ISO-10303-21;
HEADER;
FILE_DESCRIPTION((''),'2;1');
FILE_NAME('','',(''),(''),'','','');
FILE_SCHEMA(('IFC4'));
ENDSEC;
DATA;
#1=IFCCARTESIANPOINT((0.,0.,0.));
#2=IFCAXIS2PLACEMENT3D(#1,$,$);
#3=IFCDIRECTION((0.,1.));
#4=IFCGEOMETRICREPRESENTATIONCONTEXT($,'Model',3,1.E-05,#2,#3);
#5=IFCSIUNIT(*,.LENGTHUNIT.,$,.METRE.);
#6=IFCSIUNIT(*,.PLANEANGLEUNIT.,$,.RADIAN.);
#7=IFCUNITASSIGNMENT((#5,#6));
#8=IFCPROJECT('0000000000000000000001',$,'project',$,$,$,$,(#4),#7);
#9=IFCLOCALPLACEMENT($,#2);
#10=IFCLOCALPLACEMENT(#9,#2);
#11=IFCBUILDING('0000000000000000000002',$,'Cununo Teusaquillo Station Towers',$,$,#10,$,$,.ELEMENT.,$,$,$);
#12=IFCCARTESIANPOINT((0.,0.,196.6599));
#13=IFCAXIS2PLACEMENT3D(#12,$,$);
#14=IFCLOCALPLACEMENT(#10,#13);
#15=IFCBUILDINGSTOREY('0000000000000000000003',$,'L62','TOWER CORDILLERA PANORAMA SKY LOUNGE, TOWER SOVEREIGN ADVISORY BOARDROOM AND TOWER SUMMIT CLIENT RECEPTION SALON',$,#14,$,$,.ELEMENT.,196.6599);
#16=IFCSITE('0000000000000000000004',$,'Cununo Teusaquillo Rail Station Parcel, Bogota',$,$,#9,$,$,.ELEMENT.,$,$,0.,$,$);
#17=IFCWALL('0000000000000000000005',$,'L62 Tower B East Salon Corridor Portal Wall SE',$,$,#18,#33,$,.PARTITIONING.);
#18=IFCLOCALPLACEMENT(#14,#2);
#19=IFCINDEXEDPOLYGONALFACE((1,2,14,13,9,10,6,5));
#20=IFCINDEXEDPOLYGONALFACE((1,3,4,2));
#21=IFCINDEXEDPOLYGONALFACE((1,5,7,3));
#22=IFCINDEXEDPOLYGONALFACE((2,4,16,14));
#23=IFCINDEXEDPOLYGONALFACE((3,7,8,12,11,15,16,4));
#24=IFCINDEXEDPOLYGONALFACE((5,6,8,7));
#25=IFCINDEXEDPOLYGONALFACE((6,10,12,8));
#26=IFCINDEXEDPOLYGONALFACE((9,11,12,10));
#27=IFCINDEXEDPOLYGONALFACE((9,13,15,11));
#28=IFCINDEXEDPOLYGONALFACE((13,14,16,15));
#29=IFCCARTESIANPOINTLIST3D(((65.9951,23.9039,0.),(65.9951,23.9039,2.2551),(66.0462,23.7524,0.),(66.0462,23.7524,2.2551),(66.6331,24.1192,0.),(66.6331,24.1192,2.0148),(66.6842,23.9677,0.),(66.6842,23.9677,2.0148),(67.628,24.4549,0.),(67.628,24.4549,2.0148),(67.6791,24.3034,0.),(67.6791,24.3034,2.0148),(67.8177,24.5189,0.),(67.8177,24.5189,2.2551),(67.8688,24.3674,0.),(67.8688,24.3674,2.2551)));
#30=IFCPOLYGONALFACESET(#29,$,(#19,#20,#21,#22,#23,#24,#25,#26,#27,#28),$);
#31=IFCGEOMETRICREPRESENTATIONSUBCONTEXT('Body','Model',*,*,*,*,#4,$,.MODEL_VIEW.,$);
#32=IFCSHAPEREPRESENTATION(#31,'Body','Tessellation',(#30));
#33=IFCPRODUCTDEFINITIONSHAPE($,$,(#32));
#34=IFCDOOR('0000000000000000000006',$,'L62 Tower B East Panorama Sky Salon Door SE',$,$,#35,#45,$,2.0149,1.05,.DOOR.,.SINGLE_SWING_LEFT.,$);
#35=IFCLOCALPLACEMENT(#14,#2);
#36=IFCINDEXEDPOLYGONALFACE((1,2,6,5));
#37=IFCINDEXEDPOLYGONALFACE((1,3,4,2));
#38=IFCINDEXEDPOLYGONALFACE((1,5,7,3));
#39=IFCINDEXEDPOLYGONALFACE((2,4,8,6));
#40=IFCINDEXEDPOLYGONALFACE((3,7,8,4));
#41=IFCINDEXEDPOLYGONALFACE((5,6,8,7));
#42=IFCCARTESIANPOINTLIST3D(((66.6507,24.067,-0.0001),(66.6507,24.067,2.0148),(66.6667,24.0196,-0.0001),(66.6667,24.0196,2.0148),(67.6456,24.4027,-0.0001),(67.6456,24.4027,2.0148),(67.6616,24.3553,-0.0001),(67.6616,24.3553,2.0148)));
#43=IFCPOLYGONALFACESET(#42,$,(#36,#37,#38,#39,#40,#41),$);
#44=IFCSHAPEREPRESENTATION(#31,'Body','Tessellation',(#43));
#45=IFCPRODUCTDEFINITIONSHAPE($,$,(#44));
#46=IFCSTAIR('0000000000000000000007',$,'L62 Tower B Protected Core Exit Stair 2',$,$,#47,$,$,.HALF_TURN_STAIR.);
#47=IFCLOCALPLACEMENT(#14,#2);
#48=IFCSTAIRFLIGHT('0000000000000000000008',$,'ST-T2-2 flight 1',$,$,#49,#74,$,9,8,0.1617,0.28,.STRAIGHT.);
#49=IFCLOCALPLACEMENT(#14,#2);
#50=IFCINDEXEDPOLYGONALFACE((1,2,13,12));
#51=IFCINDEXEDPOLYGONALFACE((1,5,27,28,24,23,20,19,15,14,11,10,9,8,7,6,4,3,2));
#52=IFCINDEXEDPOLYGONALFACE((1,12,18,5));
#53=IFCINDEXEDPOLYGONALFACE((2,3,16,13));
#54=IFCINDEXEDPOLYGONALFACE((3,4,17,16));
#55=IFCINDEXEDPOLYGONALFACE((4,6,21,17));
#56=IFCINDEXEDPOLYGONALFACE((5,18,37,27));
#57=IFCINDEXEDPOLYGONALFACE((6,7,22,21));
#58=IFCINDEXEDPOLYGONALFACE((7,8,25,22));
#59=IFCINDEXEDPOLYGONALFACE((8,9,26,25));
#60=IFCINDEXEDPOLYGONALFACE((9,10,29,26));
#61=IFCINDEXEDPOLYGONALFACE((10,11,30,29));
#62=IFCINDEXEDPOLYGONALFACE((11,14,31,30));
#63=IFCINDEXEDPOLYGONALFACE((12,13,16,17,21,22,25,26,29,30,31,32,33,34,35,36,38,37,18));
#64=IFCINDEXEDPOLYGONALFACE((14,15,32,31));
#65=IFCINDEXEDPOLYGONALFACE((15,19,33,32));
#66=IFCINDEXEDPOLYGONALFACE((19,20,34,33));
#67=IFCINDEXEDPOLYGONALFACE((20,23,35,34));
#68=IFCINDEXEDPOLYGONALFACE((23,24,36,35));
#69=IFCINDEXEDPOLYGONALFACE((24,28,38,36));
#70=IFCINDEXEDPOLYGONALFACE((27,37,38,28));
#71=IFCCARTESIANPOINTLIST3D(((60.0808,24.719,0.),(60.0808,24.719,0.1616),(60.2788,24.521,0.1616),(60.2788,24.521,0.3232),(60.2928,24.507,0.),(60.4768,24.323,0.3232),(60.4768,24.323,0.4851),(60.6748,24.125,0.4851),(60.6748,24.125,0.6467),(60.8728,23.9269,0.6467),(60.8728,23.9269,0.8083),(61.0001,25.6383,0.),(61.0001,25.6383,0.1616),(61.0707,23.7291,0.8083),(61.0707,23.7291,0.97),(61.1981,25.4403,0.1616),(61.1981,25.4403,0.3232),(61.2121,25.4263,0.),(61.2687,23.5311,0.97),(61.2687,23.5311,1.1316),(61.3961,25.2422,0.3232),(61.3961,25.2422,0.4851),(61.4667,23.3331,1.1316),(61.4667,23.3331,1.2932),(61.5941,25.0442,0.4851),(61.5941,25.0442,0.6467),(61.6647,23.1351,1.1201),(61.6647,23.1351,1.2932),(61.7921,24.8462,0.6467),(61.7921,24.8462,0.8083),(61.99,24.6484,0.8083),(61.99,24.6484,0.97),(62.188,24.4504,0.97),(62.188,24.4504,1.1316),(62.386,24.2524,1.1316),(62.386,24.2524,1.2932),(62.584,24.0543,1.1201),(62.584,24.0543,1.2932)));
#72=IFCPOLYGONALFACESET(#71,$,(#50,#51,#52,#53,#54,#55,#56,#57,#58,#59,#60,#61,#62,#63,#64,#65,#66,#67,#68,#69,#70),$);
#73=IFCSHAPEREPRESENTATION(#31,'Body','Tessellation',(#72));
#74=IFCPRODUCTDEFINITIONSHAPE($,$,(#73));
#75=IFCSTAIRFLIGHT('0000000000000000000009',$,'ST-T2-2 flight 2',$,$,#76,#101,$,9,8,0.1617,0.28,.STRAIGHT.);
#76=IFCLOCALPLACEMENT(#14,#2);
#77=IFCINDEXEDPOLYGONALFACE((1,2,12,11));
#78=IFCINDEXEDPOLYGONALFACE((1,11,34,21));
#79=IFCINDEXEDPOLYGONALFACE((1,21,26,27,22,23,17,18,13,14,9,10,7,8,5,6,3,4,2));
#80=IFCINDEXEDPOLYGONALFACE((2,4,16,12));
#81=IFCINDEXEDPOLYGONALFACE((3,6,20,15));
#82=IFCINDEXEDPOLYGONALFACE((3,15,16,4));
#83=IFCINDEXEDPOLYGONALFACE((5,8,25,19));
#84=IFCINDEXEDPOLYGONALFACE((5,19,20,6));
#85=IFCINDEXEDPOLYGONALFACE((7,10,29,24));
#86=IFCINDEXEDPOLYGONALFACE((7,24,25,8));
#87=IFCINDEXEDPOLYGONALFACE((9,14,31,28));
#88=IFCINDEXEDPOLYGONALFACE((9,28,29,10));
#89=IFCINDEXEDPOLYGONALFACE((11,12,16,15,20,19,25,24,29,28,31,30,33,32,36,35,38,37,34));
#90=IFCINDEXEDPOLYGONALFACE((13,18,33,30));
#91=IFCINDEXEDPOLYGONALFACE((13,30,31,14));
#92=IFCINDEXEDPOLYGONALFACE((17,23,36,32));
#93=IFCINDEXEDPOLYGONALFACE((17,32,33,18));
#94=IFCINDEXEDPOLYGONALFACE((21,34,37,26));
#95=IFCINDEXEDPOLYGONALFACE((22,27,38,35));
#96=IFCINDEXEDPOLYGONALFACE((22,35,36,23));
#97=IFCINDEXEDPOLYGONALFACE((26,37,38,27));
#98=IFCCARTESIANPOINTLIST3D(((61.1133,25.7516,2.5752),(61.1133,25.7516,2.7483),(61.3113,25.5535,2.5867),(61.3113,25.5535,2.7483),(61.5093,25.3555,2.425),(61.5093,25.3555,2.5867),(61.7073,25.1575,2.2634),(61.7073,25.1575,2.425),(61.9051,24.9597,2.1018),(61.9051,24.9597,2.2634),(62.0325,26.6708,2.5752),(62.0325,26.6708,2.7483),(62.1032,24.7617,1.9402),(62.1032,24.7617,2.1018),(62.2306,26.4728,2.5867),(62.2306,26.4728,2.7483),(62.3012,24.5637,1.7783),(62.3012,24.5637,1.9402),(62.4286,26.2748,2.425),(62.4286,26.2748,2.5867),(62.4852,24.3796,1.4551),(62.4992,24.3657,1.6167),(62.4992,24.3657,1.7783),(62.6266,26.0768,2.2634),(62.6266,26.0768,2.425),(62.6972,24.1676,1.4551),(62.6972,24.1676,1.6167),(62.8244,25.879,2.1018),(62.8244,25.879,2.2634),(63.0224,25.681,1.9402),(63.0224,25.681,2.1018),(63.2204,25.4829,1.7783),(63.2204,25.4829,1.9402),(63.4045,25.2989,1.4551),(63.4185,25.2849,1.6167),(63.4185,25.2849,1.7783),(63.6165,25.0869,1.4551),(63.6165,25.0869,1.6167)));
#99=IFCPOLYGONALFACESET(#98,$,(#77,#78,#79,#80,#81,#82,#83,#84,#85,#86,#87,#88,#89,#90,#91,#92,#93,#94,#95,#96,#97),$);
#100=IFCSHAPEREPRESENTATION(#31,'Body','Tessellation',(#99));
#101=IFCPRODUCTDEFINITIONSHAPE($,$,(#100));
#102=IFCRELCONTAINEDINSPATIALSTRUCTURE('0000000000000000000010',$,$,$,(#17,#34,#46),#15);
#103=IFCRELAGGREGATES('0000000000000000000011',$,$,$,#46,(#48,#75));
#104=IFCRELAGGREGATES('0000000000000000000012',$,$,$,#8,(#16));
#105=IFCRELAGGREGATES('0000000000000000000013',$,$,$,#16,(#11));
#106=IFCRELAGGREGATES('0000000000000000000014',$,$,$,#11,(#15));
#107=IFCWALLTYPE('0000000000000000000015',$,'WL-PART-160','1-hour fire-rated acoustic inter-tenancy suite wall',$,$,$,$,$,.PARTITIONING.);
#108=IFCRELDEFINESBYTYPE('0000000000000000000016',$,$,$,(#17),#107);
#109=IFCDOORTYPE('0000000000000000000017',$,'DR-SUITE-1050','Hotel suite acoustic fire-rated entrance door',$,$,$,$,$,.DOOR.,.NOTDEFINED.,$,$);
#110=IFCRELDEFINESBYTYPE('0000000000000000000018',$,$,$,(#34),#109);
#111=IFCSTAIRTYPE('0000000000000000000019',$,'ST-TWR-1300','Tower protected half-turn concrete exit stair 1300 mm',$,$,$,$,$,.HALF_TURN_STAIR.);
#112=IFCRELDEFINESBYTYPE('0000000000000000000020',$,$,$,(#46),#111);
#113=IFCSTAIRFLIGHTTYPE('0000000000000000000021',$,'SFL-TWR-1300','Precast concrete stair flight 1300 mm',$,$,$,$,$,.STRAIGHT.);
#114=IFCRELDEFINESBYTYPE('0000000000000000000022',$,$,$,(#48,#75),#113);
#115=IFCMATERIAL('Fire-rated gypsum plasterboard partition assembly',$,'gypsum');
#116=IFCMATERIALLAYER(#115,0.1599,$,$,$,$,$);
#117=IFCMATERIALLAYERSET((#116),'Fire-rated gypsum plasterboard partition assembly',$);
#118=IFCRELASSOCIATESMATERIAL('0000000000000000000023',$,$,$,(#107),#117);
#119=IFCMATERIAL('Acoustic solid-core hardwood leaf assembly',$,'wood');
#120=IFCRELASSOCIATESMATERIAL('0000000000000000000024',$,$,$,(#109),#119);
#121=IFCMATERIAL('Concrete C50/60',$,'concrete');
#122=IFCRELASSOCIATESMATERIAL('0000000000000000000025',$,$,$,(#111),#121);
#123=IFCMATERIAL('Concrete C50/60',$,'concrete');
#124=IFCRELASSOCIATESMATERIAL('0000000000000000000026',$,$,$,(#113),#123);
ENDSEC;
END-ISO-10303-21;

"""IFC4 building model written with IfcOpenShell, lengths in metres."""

from ifc_helpers import new_model, si_unit, direction, frame, frame_2d, origin, place, context, subcontext, project, spatial, polyline, rectangle, outline, extrude, source, transform, mapped, material, layer, layer_set, type_object, element, fill, aggregate, save


model = new_model("IFC4")

# Units and contexts
model_context = context("Model", 3, precision=1e-05, world=origin(), true_north=direction((0.0, 1.0)))
body_context = subcontext(model_context, "Body", "Model", "MODEL_VIEW")
ifc_project = project(units=[si_unit("LENGTHUNIT", "METRE"), si_unit("PLANEANGLEUNIT", "RADIAN")], contexts=[model_context])

# Site, building, storey
site_placement = place(None, origin())
site = spatial("IfcSite", under=ifc_project, at=site_placement, Name="Cununo Teusaquillo Rail Station Parcel, Bogota", CompositionType="ELEMENT", RefElevation=0.0)
building_placement = place(site_placement, origin())
building = spatial("IfcBuilding", under=site, at=building_placement, Name="Cununo Teusaquillo Station Towers", CompositionType="ELEMENT")
storey_placement = place(building_placement, frame((0.0, 0.0, 196.6599)))
storey = spatial("IfcBuildingStorey", under=building, at=storey_placement, Name="L62", Description="TOWER CORDILLERA PANORAMA SKY LOUNGE, TOWER SOVEREIGN ADVISORY BOARDROOM AND TOWER SUMMIT CLIENT RECEPTION SALON", CompositionType="ELEMENT", Elevation=196.6599)

# Wall, opening, door
ifc_material_1 = material(Name="Fire-rated gypsum plasterboard partition assembly", Category="gypsum")
ifc_layer_1 = layer(ifc_material_1, 0.1599)
ifc_layer_set_1 = layer_set([ifc_layer_1], Name="Fire-rated gypsum plasterboard partition assembly")
wall_type_1 = type_object("IfcWallType", Name="WL-PART-160", Description="1-hour fire-rated acoustic inter-tenancy suite wall", PredefinedType="PARTITIONING", material=ifc_layer_set_1)
wall_1_placement = place(storey_placement, frame((66.0205, 23.8281, 0.0), z_axis=(0.0, 0.0, 1.0), x_axis=(0.947522, 0.31969, 0.0)))
wall_1 = element("IfcWall", 1, at=wall_1_placement, inside=storey, type_object=wall_type_1, Name="L62 Tower B East Salon Corridor Portal Wall SE", PredefinedType="PARTITIONING", context=body_context, shape_type="SweptSolid", body=[
    extrude(rectangle(XDim=1.9236, YDim=0.1599, at=frame_2d((0.9619, 0.0))), origin(), (0.0, 0.0, 1.0), 2.2551),
])
shared_shape_1 = source(origin(), body_context, "Body", "SweptSolid", [
    extrude(rectangle(XDim=1.05, YDim=2.0149, at=frame_2d((0.5249, 1.0073))), frame((0.0, 0.0898, 0.0), z_axis=(0.0, -1.0, 0.0), x_axis=(1.0, 0.0, 0.0)), (0.0, 0.0, 1.0), 0.1799),
])
opening_1_placement = place(wall_1_placement, frame((0.6736, 0.0, 0.0)))
opening_1 = element("IfcOpeningElement", 2, at=opening_1_placement, cuts=wall_1, PredefinedType="OPENING", context=body_context, shape_type="MappedRepresentation", body=[
    mapped(shared_shape_1, transform((0.0, 0.0, 0.0), x_axis=(1.0, 0.0, 0.0), y_axis=(0.0, 1.0, 0.0), z_axis=(0.0, 0.0, 1.0), scale=1.0)),
])
ifc_material_2 = material(Name="Acoustic solid-core hardwood leaf assembly", Category="wood")
door_type_1 = type_object("IfcDoorType", Name="DR-SUITE-1050", Description="Hotel suite acoustic fire-rated entrance door", OperationType="NOTDEFINED", PredefinedType="DOOR", material=ifc_material_2)
shared_shape_2 = source(origin(), body_context, "Body", "SweptSolid", [
    extrude(rectangle(XDim=1.05, YDim=2.0149, at=frame_2d((0.5249, 1.0073))), frame((0.0, 0.0249, 0.0), z_axis=(0.0, -1.0, 0.0), x_axis=(1.0, 0.0, 0.0)), (0.0, 0.0, 1.0), 0.05),
])
door_1_placement = place(opening_1_placement, origin())
door_1 = element("IfcDoor", 3, at=door_1_placement, inside=storey, type_object=door_type_1, Name="L62 Tower B East Panorama Sky Salon Door SE", OperationType="SINGLE_SWING_LEFT", OverallHeight=2.0149, OverallWidth=1.05, PredefinedType="DOOR", context=body_context, shape_type="MappedRepresentation", body=[
    mapped(shared_shape_2, transform((0.0, 0.0, 0.0), x_axis=(1.0, 0.0, 0.0), y_axis=(0.0, 1.0, 0.0), z_axis=(0.0, 0.0, 1.0), scale=1.0)),
])
fill(opening_1, door_1)

# Stair, stair flights
ifc_material_3 = material(Name="Concrete C50/60", Category="concrete")
stair_type = type_object("IfcStairType", Name="ST-TWR-1300", Description="Tower protected half-turn concrete exit stair 1300 mm", PredefinedType="HALF_TURN_STAIR", material=ifc_material_3)
stair_placement = place(storey_placement, origin())
stair = element("IfcStair", 4, at=stair_placement, inside=storey, type_object=stair_type, Name="L62 Tower B Protected Core Exit Stair 2", PredefinedType="HALF_TURN_STAIR")
ifc_material_4 = material(Name="Concrete C50/60", Category="concrete")
stair_flight_type = type_object("IfcStairFlightType", Name="SFL-TWR-1300", Description="Precast concrete stair flight 1300 mm", PredefinedType="STRAIGHT", material=ifc_material_4)
stair_flight_1_placement = place(storey_placement, frame((60.5405, 25.1787, 0.0), z_axis=(0.0, 0.0, 1.0), x_axis=(0.707107, -0.707107, 0.0)))
stair_flight_1 = element("IfcStairFlight", 5, at=stair_flight_1_placement, type_object=stair_flight_type, Name="ST-T2-2 flight 1", NumberOfRisers=9, NumberOfTreads=8, PredefinedType="STRAIGHT", RiserHeight=0.1617, TreadLength=0.28, context=body_context, shape_type="SweptSolid", body=[
    extrude(outline(polyline([(0.0, 0.0), (0.0, 0.1616), (0.28, 0.1616), (0.28, 0.3232), (0.5601, 0.3232), (0.5601, 0.4851), (0.8401, 0.4851), (0.8401, 0.6467), (1.1201, 0.6467), (1.1201, 0.8083), (1.3999, 0.8083), (1.3999, 0.97), (1.6799, 0.97), (1.6799, 1.1316), (1.96, 1.1316), (1.96, 1.2932), (2.24, 1.2932), (2.24, 1.4551), (2.24, 1.1201), (0.2998, 0.0), (0.0, 0.0)])), frame((0.0, 0.6499, 0.0), z_axis=(0.0, -1.0, 0.0), x_axis=(1.0, 0.0, 0.0)), (0.0, 0.0, 1.0), 1.3),
])
stair_flight_2_placement = place(storey_placement, frame((63.1567, 24.6272, 1.4551), z_axis=(0.0, 0.0, 1.0), x_axis=(-0.707107, 0.707107, 0.0)))
stair_flight_2 = element("IfcStairFlight", 6, at=stair_flight_2_placement, type_object=stair_flight_type, Name="ST-T2-2 flight 2", NumberOfRisers=9, NumberOfTreads=8, PredefinedType="STRAIGHT", RiserHeight=0.1617, TreadLength=0.28, context=body_context, shape_type="SweptSolid", body=[
    extrude(outline(polyline([(0.0, 0.0), (0.0, 0.1616), (0.28, 0.1616), (0.28, 0.3232), (0.5601, 0.3232), (0.5601, 0.4851), (0.8401, 0.4851), (0.8401, 0.6467), (1.1201, 0.6467), (1.1201, 0.8083), (1.3999, 0.8083), (1.3999, 0.97), (1.6799, 0.97), (1.6799, 1.1316), (1.96, 1.1316), (1.96, 1.2932), (2.24, 1.2932), (2.24, 1.4551), (2.24, 1.1201), (0.2998, 0.0), (0.0, 0.0)])), frame((0.0, 0.6499, 0.0), z_axis=(0.0, -1.0, 0.0), x_axis=(1.0, 0.0, 0.0)), (0.0, 0.0, 1.0), 1.3),
])
aggregate(stair, [stair_flight_1, stair_flight_2])

save(model, "model.ifc")
